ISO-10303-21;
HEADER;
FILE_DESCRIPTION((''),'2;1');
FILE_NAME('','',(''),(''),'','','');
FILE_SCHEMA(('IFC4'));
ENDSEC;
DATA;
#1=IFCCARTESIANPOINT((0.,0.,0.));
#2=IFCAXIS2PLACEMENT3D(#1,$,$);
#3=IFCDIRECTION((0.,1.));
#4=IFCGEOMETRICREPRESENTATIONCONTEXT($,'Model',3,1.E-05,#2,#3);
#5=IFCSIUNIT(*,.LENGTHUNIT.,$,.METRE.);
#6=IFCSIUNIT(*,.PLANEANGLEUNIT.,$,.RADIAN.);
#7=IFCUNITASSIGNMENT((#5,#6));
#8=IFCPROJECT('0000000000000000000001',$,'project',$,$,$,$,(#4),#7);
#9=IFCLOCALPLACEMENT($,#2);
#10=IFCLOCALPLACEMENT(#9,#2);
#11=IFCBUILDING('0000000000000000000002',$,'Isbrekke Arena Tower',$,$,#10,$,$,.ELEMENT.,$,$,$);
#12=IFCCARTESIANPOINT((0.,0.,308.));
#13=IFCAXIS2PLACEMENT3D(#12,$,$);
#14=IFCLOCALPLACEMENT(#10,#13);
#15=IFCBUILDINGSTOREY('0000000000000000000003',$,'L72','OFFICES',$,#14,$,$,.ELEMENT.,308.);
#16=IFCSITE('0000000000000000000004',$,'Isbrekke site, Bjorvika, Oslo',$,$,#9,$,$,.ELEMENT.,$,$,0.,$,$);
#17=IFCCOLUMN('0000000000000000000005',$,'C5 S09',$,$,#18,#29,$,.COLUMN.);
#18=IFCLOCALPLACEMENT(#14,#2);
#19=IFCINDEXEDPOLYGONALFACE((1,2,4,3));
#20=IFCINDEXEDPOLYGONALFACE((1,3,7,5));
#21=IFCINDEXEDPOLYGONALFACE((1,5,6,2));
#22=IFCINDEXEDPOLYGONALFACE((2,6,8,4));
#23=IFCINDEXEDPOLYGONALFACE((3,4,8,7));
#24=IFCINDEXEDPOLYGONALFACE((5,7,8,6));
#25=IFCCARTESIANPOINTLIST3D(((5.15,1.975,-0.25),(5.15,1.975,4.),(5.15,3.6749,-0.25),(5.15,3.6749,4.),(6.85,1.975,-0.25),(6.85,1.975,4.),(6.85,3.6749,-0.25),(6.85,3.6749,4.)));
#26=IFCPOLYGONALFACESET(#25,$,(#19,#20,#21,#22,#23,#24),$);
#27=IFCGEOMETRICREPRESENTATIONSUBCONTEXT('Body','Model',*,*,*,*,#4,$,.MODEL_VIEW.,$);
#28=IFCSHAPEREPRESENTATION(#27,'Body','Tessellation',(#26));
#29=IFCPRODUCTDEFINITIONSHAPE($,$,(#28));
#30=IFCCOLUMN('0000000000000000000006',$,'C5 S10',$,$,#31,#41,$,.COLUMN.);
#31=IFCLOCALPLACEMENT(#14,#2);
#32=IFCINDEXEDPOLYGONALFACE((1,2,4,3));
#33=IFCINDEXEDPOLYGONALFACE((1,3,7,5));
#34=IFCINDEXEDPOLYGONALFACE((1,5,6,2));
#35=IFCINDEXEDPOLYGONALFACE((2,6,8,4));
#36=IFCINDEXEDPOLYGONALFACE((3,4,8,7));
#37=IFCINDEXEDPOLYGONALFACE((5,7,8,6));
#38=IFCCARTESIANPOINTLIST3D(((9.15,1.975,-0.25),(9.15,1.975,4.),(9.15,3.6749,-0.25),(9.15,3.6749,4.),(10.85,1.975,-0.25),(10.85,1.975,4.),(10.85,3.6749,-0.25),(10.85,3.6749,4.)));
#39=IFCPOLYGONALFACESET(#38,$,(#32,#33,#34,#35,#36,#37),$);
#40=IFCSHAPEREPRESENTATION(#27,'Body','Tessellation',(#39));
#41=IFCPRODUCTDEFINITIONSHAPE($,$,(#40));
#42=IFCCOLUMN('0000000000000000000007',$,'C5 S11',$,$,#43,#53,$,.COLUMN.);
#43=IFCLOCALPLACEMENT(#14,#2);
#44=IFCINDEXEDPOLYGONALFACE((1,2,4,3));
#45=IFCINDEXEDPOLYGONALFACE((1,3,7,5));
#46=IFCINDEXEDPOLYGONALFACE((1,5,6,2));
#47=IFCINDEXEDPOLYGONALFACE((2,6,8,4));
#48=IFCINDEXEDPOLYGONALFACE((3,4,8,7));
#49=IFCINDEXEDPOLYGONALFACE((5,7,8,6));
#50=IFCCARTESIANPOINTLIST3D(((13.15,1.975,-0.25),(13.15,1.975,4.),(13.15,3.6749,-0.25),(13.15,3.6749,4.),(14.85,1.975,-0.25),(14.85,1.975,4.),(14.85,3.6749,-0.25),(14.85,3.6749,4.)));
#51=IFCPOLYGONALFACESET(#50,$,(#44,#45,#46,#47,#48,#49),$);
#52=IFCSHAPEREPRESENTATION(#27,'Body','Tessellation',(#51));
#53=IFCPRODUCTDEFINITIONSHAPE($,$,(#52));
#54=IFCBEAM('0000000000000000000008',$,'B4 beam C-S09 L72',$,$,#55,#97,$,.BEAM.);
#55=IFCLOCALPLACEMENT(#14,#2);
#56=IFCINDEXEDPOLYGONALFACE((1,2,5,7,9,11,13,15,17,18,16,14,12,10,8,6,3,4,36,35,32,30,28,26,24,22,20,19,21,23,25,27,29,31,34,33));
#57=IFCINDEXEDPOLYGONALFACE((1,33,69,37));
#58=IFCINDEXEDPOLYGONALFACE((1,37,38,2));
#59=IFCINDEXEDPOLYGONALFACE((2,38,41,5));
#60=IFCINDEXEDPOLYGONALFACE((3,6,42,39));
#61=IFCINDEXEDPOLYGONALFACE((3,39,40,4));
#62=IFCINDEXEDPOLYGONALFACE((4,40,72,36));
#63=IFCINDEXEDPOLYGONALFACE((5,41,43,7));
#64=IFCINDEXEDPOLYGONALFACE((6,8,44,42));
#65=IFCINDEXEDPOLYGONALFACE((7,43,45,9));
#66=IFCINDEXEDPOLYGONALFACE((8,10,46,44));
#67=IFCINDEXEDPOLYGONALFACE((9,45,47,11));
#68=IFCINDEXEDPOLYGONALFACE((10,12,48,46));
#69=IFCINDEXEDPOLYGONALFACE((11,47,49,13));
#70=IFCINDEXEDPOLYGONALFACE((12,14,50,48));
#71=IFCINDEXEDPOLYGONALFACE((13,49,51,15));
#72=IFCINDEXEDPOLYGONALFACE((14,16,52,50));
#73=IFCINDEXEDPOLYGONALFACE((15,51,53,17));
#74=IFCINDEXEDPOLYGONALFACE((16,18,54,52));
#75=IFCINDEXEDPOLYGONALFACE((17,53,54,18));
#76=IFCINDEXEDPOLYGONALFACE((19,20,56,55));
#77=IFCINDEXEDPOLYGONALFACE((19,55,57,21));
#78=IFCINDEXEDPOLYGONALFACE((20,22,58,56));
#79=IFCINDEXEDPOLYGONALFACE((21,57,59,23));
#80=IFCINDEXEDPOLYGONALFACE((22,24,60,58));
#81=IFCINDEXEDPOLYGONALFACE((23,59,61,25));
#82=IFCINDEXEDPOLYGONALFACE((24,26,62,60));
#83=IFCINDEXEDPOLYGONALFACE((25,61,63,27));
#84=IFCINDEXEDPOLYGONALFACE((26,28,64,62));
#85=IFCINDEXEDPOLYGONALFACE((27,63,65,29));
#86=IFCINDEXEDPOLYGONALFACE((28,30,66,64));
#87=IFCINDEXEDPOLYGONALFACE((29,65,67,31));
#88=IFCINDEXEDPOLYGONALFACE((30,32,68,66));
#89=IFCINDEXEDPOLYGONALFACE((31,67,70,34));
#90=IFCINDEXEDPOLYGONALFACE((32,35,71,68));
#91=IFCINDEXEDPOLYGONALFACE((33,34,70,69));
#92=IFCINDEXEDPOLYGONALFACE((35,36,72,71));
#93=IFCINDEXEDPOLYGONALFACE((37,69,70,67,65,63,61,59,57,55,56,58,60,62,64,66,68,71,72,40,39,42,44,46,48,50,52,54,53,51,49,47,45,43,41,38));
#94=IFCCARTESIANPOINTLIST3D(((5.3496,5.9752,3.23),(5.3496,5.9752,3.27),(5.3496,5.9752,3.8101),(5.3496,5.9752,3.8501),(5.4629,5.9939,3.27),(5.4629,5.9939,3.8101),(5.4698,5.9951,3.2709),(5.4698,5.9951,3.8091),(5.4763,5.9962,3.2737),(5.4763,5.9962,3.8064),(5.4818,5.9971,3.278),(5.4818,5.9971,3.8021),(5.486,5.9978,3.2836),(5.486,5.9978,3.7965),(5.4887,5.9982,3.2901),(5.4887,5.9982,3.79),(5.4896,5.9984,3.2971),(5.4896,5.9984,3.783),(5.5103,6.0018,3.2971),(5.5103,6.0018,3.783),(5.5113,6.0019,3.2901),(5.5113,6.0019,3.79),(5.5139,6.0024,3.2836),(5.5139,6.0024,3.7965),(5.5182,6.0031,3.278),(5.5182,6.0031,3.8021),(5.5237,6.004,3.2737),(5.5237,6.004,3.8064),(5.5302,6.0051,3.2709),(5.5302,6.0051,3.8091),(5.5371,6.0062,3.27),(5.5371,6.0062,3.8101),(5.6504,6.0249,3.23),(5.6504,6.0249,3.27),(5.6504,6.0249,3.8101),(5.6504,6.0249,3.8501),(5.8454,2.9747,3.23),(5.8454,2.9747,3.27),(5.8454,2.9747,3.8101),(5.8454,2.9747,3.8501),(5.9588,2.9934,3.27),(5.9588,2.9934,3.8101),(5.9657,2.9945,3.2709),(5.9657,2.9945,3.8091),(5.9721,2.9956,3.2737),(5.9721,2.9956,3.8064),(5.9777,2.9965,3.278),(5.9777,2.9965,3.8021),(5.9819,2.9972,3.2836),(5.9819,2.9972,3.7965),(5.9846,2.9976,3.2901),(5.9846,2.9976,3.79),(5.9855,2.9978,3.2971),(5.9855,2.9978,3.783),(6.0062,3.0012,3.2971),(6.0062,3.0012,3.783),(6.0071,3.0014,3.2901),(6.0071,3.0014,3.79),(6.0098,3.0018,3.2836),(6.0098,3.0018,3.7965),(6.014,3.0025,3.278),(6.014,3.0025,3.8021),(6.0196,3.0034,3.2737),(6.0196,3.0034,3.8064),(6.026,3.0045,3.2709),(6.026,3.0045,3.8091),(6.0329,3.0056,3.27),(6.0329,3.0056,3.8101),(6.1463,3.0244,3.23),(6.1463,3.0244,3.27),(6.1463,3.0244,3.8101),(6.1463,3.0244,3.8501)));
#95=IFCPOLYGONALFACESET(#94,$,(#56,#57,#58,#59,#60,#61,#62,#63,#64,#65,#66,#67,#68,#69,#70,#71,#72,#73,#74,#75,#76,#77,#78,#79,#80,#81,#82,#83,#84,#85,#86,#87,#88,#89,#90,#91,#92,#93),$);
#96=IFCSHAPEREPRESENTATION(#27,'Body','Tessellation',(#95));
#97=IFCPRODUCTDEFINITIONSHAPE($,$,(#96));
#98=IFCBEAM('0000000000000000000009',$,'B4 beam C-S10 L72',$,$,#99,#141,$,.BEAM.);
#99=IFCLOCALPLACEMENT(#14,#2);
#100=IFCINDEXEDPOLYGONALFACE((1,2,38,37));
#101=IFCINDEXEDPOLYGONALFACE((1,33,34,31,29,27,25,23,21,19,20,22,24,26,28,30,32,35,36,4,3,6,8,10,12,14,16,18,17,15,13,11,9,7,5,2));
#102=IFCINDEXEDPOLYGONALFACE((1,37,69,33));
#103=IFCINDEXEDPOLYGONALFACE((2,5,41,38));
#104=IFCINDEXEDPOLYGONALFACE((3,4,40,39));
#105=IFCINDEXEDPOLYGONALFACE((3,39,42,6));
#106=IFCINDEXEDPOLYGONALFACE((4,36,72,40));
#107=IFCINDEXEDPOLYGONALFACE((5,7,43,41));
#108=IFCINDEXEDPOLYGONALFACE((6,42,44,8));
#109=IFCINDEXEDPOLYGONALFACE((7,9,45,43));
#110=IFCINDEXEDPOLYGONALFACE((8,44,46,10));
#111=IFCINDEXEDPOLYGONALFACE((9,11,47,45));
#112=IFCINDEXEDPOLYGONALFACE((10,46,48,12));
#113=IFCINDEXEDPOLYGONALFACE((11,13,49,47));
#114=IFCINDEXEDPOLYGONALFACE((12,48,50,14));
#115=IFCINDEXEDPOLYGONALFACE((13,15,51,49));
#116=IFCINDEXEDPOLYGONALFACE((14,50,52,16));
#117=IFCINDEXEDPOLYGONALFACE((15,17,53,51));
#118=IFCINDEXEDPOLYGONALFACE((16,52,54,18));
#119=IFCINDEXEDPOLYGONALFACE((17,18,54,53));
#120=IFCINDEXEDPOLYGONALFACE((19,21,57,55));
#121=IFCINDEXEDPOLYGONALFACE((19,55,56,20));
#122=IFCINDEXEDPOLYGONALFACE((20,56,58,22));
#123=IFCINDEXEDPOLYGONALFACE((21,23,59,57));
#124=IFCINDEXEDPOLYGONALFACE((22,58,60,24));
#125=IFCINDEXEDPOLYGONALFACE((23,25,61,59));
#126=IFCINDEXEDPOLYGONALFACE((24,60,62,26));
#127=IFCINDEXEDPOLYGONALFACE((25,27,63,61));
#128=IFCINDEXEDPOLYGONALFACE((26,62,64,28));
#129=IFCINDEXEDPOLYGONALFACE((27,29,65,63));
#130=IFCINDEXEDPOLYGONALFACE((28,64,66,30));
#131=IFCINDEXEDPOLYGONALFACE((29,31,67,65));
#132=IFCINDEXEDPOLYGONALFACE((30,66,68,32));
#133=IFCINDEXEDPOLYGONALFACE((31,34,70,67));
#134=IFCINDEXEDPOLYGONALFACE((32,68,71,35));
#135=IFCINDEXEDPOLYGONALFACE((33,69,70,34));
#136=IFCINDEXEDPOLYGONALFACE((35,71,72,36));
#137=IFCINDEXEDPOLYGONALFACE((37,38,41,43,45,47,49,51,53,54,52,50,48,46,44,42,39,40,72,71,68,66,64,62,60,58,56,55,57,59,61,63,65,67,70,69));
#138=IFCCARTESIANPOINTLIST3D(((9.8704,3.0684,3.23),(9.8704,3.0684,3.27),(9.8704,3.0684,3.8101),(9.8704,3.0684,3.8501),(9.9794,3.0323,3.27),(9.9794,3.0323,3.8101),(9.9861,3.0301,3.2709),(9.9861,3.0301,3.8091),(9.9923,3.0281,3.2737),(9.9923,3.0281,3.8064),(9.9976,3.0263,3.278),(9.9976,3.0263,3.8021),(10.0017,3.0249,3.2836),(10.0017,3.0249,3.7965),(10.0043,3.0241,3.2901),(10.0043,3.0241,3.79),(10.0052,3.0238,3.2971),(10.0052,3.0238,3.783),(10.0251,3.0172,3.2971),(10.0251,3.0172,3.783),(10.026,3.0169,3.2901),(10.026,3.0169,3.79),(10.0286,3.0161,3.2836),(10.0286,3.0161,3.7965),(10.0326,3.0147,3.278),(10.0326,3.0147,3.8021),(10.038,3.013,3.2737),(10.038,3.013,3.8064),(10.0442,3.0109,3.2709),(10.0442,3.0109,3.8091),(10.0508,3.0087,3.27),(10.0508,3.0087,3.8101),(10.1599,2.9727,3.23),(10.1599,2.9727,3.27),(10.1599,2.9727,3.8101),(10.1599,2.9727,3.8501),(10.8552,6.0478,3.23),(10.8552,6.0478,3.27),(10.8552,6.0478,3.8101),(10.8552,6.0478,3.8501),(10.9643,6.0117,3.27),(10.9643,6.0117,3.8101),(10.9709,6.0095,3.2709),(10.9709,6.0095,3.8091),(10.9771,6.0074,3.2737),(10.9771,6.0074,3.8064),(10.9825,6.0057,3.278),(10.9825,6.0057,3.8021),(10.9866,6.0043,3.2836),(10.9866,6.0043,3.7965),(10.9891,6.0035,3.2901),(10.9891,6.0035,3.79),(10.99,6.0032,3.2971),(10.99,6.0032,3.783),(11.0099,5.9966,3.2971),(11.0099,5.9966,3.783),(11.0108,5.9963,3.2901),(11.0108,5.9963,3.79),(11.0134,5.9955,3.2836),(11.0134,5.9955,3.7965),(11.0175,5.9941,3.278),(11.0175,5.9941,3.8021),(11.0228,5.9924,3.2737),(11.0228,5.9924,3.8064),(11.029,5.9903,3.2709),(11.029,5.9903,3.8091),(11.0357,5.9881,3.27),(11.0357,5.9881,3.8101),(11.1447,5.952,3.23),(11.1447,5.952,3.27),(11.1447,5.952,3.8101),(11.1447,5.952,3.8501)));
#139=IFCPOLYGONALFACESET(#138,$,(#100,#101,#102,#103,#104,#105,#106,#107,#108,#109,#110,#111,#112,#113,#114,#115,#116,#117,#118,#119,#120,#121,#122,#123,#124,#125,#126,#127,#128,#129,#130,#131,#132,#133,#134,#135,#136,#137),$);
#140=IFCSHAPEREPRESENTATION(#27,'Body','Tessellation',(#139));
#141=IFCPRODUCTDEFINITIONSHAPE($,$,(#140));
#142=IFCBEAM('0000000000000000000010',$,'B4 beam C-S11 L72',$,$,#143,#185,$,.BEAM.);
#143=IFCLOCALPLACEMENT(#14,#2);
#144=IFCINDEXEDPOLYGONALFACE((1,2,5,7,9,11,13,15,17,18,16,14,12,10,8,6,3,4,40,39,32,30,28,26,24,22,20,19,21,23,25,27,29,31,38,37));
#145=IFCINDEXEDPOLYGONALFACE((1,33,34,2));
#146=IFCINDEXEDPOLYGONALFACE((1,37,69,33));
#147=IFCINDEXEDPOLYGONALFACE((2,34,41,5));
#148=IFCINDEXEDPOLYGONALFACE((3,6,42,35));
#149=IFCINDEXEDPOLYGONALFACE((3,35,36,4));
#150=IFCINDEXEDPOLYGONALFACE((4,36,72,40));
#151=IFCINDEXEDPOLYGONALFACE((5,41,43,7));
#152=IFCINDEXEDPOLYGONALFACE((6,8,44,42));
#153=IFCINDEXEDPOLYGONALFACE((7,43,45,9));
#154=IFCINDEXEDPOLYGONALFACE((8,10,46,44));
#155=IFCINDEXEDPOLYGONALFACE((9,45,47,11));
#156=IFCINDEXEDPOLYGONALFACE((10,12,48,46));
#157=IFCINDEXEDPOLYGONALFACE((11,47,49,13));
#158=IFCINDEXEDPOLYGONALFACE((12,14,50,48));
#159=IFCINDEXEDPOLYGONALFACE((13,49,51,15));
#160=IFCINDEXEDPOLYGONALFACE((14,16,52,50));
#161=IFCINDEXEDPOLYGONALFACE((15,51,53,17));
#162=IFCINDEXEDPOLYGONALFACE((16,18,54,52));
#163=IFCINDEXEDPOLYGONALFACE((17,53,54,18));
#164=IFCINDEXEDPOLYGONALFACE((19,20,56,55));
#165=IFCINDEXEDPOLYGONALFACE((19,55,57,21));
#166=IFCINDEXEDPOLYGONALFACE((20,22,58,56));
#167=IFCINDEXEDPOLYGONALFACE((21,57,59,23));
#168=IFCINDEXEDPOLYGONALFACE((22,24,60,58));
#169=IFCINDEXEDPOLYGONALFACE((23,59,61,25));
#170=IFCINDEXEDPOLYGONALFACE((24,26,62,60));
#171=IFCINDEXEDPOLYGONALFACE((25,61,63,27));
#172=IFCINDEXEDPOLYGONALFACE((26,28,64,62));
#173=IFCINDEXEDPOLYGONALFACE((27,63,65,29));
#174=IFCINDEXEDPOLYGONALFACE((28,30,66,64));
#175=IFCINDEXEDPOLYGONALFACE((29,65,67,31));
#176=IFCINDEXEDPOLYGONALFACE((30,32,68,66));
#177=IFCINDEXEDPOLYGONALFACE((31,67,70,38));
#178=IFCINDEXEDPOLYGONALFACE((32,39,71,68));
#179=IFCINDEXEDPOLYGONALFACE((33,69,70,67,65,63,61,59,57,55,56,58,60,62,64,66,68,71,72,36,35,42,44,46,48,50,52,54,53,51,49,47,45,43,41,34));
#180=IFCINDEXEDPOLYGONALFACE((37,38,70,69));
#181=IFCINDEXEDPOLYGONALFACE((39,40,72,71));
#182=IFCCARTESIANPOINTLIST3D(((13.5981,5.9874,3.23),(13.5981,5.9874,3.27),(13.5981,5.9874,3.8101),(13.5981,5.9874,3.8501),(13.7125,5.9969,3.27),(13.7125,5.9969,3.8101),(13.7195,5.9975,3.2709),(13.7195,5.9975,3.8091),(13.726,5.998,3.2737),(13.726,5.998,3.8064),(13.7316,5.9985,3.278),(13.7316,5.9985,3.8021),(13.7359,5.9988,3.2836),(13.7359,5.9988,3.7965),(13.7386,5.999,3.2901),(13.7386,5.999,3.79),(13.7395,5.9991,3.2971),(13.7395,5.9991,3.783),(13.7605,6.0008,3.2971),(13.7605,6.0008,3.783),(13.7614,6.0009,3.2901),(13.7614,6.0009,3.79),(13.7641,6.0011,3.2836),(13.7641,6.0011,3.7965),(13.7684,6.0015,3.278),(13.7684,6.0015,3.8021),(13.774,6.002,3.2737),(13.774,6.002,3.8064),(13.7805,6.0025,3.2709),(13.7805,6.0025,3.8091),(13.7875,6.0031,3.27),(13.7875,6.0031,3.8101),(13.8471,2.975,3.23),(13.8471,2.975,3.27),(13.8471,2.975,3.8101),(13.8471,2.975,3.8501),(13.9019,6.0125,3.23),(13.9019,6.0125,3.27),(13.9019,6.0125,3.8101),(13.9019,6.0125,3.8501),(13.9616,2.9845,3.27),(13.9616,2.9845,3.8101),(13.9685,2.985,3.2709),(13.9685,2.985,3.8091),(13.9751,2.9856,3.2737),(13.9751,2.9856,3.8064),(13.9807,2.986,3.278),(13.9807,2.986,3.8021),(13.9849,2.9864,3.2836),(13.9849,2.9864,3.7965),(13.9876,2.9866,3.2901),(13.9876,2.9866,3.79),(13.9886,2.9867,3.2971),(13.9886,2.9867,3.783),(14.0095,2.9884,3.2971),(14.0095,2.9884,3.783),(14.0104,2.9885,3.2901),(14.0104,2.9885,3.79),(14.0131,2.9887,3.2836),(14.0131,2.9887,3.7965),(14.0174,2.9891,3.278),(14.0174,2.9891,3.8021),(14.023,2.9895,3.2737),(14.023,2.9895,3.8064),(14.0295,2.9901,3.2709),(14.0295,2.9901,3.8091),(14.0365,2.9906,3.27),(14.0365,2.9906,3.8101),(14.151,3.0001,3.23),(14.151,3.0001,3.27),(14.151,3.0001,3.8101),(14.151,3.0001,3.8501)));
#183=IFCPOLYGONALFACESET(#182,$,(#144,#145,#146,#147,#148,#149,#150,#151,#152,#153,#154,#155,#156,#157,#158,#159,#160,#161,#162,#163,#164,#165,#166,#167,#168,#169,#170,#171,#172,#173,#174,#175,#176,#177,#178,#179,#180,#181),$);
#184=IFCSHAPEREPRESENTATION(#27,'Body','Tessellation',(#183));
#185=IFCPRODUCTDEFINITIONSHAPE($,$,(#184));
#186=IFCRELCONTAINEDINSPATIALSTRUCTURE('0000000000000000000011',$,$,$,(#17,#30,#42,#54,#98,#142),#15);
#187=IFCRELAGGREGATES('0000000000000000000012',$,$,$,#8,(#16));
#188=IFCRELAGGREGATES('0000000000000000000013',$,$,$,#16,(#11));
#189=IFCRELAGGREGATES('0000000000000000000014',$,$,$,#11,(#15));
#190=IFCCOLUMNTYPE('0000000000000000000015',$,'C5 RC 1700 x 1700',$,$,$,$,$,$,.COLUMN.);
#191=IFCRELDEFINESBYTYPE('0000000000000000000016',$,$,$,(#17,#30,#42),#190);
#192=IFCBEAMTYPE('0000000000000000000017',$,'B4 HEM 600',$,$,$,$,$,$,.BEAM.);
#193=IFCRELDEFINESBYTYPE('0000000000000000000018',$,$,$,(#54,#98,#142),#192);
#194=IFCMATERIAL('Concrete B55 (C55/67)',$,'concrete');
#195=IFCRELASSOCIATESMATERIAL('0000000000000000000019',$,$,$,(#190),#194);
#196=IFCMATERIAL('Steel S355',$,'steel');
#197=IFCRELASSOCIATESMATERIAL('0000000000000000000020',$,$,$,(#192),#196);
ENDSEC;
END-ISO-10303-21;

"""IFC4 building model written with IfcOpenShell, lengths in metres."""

from ifc_helpers import new_model, si_unit, direction, frame, origin, origin_2d, place, context, subcontext, project, spatial, rectangle, i_section, extrude, material, material_profile, profile_set, type_object, element, save


model = new_model("IFC4")

# Units and contexts
model_context = context("Model", 3, precision=1e-05, world=origin(), true_north=direction((0.0, 1.0)))
body_context = subcontext(model_context, "Body", "Model", "MODEL_VIEW")
ifc_project = project(units=[si_unit("LENGTHUNIT", "METRE"), si_unit("PLANEANGLEUNIT", "RADIAN")], contexts=[model_context])

# Site, building, storey
site_placement = place(None, origin())
site = spatial("IfcSite", under=ifc_project, at=site_placement, Name="Isbrekke site, Bjorvika, Oslo", CompositionType="ELEMENT", RefElevation=0.0)
building_placement = place(site_placement, origin())
building = spatial("IfcBuilding", under=site, at=building_placement, Name="Isbrekke Arena Tower", CompositionType="ELEMENT")
storey_placement = place(building_placement, frame((0.0, 0.0, 308.0)))
storey = spatial("IfcBuildingStorey", under=building, at=storey_placement, Name="L72", Description="OFFICES", CompositionType="ELEMENT", Elevation=308.0)

# Columns
ifc_material_1 = material(Name="Concrete B55 (C55/67)", Category="concrete")
ifc_material_profile_1 = material_profile(ifc_material_1, rectangle(XDim=1.7, YDim=1.7, at=origin_2d()), Name="RC 1700x1700")
ifc_profile_set_1 = profile_set([ifc_material_profile_1], Name="Concrete B55 (C55/67)")
column_type = type_object("IfcColumnType", Name="C5 RC 1700 x 1700", PredefinedType="COLUMN", material=ifc_profile_set_1)
for number, where, z_axis, x_axis, name in (
    (1, (6.0, 2.825, -0.25), (0.0, 0.0, 1.0), (1.0, 0.0, 0.0), "C5 S09"),
    (2, (10.0, 2.825, -0.25), (0.0, 0.0, 1.0), (1.0, 0.0, 0.0), "C5 S10"),
    (3, (14.0, 2.825, -0.25), (0.0, 0.0, 1.0), (1.0, 0.0, 0.0), "C5 S11"),
):
    element("IfcColumn", number, at=place(storey_placement, frame(where, z_axis=z_axis, x_axis=x_axis)), inside=storey, type_object=column_type, Name=name, PredefinedType="COLUMN", context=body_context, shape_type="SweptSolid", body=[
        extrude(rectangle(XDim=1.7, YDim=1.7, at=origin_2d()), origin(), (0.0, 0.0, 1.0), 4.25),
    ])

# Beams
ifc_material_2 = material(Name="Steel S355", Category="steel")
ifc_material_profile_2 = material_profile(ifc_material_2, i_section(OverallWidth=0.3049, OverallDepth=0.6201, WebThickness=0.021, FlangeThickness=0.04, FilletRadius=0.0271, at=origin_2d()), Name="HEM 600")
ifc_profile_set_2 = profile_set([ifc_material_profile_2], Name="Steel S355")
beam_type_1 = type_object("IfcBeamType", Name="B4 HEM 600", PredefinedType="BEAM", material=ifc_profile_set_2)
beam_1_placement = place(storey_placement, frame((5.9958, 2.9995, 3.54), z_axis=(-0.163045, 0.986619, 0.0), x_axis=(-0.986619, -0.163045, 0.0)))
element("IfcBeam", 4, at=beam_1_placement, inside=storey, type_object=beam_type_1, Name="B4 beam C-S09 L72", PredefinedType="BEAM", context=body_context, shape_type="SweptSolid", body=[
    extrude(i_section(OverallWidth=0.3049, OverallDepth=0.6201, WebThickness=0.021, FlangeThickness=0.04, FilletRadius=0.0271, at=origin_2d()), origin(), (0.0, 0.0, 1.0), 3.0413),
])
beam_2_placement = place(storey_placement, frame((10.0151, 3.0205, 3.54), z_axis=(0.313846, 0.949474, 0.0), x_axis=(-0.949474, 0.313846, 0.0)))
element("IfcBeam", 5, at=beam_2_placement, inside=storey, type_object=beam_type_1, Name="B4 beam C-S10 L72", PredefinedType="BEAM", context=body_context, shape_type="SweptSolid", body=[
    extrude(i_section(OverallWidth=0.3049, OverallDepth=0.6201, WebThickness=0.021, FlangeThickness=0.04, FilletRadius=0.0271, at=origin_2d()), origin(), (0.0, 0.0, 1.0), 3.1379),
])
beam_3_placement = place(storey_placement, frame((13.999, 2.9875, 3.54), z_axis=(-0.082384, 0.996601, 0.0), x_axis=(-0.996601, -0.082384, 0.0)))
element("IfcBeam", 6, at=beam_3_placement, inside=storey, type_object=beam_type_1, Name="B4 beam C-S11 L72", PredefinedType="BEAM", context=body_context, shape_type="SweptSolid", body=[
    extrude(i_section(OverallWidth=0.3049, OverallDepth=0.6201, WebThickness=0.021, FlangeThickness=0.04, FilletRadius=0.0271, at=origin_2d()), origin(), (0.0, 0.0, 1.0), 3.0227),
])

save(model, "model.ifc")
